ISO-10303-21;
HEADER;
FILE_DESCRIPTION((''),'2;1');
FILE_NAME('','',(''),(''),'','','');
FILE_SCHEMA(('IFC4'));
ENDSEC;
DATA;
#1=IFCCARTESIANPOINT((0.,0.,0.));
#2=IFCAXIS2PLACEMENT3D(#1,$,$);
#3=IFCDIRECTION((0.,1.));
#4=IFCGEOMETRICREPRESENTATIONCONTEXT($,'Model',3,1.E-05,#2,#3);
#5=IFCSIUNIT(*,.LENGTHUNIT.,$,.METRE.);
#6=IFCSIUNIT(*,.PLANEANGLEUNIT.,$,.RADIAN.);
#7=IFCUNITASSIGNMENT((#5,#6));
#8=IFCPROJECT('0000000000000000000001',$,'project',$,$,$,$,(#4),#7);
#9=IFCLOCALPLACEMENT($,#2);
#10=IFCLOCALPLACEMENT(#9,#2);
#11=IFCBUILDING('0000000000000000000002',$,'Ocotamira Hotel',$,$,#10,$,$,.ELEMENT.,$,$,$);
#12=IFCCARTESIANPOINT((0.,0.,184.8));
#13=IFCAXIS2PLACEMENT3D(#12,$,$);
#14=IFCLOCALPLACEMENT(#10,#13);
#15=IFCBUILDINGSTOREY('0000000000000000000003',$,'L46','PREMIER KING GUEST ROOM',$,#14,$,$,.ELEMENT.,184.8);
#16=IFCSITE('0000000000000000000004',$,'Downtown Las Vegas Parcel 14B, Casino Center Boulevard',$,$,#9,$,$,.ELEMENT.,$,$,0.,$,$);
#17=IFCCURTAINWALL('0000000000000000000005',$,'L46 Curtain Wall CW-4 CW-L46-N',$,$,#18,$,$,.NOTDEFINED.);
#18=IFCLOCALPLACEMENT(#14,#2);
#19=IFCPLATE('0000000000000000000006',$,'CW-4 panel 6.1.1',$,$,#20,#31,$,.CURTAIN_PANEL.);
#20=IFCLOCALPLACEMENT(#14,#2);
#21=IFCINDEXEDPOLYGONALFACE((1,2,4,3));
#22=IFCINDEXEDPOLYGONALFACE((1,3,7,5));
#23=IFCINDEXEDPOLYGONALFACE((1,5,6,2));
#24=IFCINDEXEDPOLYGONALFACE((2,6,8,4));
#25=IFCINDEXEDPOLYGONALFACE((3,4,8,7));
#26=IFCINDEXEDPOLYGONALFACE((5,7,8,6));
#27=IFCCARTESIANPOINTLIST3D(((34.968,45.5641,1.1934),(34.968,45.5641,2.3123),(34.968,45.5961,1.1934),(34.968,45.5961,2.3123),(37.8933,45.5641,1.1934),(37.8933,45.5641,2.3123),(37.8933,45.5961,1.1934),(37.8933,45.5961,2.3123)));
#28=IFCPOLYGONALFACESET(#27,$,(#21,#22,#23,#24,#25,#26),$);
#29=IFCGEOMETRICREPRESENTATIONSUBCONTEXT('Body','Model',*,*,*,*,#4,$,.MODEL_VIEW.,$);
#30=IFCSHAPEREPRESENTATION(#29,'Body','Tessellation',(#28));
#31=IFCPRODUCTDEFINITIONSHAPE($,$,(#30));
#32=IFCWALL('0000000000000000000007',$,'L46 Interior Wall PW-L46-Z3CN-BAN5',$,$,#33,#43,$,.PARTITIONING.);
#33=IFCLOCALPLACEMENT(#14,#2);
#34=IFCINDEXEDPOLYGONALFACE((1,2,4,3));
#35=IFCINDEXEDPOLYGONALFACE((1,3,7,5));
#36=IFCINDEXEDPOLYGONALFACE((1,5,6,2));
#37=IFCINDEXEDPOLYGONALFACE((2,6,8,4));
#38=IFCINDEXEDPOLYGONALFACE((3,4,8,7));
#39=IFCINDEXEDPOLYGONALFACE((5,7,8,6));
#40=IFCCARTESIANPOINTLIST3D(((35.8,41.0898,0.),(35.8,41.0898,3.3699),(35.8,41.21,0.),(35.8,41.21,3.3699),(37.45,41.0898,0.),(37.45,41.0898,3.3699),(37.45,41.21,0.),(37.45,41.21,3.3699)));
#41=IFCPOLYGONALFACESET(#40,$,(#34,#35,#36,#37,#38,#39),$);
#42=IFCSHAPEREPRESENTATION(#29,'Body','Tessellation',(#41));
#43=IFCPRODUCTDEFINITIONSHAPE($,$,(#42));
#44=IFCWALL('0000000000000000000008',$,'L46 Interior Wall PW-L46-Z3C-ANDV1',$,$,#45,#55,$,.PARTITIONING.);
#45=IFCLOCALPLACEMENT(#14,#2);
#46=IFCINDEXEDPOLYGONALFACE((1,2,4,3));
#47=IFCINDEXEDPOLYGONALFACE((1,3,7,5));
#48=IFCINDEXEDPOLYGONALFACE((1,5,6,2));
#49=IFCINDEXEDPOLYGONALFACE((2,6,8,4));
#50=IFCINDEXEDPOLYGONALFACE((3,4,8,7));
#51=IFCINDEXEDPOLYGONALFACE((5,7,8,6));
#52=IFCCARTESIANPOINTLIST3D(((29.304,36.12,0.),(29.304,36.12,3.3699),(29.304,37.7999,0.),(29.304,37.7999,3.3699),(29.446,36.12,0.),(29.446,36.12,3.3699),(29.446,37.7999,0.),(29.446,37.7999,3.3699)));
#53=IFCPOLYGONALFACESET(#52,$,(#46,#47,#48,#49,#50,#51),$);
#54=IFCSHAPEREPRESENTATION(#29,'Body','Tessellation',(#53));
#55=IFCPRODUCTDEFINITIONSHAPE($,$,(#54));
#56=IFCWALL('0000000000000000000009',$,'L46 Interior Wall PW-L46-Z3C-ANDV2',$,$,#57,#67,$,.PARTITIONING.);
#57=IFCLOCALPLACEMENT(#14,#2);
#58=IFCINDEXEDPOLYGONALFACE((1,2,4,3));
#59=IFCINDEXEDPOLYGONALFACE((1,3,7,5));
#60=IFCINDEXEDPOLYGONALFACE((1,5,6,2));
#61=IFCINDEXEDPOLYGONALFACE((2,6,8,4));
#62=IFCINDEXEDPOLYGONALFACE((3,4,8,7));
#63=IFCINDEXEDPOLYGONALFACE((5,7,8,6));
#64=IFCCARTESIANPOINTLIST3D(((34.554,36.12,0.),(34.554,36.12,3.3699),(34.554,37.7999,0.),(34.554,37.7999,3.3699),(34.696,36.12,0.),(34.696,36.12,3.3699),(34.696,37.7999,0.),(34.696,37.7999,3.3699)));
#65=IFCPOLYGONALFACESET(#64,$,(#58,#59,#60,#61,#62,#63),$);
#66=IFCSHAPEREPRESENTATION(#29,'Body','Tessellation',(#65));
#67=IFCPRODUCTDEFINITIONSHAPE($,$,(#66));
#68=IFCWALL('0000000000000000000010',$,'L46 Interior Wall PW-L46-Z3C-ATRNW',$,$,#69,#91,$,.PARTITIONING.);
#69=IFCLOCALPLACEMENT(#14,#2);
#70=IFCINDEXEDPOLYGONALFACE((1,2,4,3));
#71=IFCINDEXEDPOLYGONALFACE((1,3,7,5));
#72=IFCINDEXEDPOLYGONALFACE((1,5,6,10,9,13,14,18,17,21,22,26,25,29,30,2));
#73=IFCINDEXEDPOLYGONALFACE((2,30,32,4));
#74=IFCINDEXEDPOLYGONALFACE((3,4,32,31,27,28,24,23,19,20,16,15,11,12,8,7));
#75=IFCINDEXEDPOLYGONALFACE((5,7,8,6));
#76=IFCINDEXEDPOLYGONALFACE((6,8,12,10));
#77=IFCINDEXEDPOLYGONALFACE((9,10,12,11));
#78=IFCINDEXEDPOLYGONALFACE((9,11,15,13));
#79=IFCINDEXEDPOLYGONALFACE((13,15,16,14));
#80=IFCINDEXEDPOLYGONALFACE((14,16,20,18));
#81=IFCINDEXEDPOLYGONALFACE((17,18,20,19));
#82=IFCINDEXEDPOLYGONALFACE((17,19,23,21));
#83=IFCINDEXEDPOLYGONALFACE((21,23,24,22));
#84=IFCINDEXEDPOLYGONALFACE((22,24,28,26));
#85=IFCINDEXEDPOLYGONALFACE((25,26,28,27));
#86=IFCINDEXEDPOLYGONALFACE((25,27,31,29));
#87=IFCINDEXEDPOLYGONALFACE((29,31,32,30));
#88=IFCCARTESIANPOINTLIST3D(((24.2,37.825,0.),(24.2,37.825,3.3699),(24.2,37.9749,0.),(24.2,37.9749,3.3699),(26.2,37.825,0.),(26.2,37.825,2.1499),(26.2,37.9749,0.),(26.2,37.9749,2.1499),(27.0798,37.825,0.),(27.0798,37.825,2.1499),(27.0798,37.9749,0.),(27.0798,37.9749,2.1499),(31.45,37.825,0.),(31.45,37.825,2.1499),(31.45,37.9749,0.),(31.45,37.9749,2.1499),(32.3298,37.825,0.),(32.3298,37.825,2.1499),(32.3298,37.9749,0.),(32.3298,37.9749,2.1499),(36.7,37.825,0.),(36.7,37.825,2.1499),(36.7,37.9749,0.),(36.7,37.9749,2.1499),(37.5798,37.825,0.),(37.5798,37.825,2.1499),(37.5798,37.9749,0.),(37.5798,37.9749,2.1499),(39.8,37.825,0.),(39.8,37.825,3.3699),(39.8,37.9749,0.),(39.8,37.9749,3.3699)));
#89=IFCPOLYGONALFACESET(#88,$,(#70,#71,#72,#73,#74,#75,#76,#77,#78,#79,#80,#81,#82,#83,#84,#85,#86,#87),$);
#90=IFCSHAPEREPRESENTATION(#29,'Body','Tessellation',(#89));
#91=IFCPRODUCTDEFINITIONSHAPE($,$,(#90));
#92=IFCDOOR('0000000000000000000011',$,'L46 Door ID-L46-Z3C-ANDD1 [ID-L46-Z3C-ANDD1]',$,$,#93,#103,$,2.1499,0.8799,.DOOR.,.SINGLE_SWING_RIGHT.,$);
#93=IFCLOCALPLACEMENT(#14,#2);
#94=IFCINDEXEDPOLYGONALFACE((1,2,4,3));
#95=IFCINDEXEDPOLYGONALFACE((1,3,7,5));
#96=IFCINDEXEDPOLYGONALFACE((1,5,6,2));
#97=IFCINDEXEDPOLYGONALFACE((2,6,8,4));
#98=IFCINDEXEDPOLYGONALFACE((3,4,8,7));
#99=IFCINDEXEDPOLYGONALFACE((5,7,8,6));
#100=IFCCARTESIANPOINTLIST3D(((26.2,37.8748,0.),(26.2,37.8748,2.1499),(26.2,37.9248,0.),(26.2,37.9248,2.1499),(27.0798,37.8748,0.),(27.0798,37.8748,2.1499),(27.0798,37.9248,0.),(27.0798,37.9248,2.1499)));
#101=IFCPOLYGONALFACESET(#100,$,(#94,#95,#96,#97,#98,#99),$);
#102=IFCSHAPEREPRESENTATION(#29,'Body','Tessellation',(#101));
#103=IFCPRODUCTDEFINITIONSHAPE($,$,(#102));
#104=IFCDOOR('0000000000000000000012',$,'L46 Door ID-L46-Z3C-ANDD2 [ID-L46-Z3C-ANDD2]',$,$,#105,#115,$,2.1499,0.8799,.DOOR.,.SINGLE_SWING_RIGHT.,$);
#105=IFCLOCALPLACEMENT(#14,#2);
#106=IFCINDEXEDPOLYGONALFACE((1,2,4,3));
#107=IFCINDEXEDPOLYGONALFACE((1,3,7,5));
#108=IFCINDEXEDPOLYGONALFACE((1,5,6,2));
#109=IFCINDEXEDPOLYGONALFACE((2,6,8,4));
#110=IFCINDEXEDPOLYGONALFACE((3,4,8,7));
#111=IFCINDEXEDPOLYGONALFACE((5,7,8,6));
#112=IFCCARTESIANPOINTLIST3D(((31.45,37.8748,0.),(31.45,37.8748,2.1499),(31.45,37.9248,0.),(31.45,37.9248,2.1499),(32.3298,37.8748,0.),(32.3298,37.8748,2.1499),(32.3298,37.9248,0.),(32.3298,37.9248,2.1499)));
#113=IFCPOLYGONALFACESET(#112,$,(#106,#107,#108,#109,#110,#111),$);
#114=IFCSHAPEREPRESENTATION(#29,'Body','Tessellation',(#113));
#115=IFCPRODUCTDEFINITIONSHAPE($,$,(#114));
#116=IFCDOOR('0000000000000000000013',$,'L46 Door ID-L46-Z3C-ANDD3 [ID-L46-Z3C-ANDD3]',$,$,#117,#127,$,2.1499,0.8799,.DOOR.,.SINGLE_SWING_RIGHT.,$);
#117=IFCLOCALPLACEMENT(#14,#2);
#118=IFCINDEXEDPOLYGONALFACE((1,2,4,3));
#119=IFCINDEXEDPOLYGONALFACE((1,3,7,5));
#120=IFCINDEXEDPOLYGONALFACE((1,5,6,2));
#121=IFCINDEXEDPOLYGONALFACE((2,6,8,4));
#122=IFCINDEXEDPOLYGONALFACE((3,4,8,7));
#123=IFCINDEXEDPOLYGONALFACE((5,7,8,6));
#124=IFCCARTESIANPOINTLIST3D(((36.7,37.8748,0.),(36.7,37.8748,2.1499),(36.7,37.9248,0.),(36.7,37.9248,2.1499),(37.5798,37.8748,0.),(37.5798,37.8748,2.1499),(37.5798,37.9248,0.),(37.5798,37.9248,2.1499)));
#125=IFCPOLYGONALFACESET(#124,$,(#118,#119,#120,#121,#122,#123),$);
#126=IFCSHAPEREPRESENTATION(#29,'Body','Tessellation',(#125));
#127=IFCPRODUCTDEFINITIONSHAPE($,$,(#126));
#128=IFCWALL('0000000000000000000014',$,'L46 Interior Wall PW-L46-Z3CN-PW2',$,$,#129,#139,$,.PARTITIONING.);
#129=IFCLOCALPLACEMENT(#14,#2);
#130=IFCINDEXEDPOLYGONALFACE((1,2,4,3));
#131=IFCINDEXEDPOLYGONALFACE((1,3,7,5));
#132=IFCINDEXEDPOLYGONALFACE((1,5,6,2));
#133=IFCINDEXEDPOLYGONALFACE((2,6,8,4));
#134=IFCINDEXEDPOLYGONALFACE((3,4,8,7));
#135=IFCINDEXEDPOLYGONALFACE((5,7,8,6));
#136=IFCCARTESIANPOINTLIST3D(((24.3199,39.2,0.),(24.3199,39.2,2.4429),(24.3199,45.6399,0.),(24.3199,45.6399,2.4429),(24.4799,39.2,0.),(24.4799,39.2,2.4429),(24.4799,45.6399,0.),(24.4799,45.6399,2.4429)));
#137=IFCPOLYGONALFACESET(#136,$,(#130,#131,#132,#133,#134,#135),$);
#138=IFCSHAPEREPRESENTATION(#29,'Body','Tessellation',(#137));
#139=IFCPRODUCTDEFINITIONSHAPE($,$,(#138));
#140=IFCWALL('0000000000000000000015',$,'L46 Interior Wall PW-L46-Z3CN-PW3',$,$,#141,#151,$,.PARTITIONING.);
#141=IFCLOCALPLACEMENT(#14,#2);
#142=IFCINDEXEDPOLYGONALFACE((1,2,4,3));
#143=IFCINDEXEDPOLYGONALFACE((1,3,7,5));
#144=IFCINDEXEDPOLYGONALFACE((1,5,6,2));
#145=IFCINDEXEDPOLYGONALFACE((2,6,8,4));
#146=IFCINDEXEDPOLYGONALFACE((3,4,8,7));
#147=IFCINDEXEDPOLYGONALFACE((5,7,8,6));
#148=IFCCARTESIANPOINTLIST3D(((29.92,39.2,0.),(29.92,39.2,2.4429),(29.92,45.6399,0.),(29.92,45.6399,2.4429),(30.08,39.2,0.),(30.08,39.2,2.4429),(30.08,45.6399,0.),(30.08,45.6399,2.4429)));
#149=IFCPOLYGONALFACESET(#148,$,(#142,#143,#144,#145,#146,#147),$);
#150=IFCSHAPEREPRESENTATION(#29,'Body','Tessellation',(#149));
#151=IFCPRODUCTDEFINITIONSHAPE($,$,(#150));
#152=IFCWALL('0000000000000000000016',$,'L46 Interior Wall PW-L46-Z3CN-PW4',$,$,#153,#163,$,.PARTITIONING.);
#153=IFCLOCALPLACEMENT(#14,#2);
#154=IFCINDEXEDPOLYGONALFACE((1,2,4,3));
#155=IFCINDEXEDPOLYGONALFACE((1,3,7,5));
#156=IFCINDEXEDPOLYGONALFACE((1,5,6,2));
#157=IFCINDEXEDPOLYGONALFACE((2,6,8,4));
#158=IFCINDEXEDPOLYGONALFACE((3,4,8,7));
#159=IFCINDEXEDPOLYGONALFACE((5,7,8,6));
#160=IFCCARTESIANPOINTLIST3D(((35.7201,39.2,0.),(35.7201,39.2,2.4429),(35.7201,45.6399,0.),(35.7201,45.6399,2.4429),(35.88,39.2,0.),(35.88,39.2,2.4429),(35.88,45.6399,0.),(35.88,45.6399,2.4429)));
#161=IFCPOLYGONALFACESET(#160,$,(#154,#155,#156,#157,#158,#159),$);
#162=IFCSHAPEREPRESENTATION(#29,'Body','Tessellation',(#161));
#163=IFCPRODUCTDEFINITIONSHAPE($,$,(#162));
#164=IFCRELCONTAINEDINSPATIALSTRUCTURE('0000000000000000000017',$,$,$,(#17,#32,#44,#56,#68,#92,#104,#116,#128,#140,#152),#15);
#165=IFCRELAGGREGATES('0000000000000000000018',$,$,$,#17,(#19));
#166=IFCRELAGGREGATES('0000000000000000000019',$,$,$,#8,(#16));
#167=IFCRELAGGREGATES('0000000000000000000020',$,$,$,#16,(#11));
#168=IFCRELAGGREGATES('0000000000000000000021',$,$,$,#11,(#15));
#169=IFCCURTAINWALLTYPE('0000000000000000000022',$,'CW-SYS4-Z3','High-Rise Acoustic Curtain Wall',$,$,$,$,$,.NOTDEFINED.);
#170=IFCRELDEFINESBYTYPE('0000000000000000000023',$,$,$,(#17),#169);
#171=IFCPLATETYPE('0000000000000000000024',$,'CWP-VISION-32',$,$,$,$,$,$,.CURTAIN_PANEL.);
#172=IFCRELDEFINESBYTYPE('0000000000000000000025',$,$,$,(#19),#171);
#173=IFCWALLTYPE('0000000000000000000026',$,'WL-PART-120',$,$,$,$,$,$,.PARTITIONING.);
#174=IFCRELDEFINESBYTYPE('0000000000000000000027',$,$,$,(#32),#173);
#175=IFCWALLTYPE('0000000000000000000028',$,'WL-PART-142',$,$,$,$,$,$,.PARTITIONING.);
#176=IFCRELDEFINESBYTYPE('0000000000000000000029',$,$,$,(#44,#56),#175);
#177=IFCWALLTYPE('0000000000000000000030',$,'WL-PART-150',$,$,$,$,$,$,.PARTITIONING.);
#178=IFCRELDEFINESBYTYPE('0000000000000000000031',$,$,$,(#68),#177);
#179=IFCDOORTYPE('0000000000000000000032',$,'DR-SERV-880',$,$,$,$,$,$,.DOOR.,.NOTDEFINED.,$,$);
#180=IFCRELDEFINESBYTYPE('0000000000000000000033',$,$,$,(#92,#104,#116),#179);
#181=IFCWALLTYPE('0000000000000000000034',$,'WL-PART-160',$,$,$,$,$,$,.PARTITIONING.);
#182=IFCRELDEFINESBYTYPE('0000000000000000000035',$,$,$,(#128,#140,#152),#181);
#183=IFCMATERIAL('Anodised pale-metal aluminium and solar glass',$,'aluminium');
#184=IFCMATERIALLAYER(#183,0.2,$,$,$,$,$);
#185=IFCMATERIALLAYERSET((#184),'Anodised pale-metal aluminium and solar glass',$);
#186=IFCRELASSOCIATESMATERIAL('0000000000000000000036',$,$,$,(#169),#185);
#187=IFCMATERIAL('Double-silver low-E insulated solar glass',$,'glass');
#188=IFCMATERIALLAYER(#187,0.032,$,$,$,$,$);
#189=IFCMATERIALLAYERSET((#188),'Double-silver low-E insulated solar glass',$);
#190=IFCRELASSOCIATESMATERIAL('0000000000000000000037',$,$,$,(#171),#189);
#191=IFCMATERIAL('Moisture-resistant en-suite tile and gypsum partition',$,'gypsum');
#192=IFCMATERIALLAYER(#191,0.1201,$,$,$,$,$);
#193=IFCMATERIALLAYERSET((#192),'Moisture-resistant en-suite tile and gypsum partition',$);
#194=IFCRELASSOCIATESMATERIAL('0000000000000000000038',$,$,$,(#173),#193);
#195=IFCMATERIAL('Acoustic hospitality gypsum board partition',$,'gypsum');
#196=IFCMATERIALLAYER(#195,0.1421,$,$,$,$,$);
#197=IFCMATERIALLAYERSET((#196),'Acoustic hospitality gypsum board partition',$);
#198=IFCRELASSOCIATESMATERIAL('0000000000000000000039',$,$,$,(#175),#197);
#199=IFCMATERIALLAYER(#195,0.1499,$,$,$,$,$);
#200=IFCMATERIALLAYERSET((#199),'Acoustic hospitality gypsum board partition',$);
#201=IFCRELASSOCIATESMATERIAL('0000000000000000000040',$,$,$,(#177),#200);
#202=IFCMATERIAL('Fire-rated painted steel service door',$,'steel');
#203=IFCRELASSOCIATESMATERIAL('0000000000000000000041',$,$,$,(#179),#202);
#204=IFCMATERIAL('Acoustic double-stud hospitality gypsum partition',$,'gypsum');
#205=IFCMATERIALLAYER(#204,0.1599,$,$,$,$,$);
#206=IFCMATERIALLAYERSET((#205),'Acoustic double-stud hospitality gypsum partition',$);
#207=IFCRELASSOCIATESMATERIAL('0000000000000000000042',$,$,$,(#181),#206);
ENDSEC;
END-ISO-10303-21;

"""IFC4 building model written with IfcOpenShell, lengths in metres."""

from ifc_helpers import new_model, si_unit, direction, frame, frame_2d, origin, origin_2d, place, context, subcontext, project, spatial, rectangle, extrude, source, transform, mapped, material, layer, layer_set, type_object, element, fill, aggregate, save


model = new_model("IFC4")

# Units and contexts
model_context = context("Model", 3, precision=1e-05, world=origin(), true_north=direction((0.0, 1.0)))
body_context = subcontext(model_context, "Body", "Model", "MODEL_VIEW")
ifc_project = project(units=[si_unit("LENGTHUNIT", "METRE"), si_unit("PLANEANGLEUNIT", "RADIAN")], contexts=[model_context])

# Site, building, storey
site_placement = place(None, origin())
site = spatial("IfcSite", under=ifc_project, at=site_placement, Name="Downtown Las Vegas Parcel 14B, Casino Center Boulevard", CompositionType="ELEMENT", RefElevation=0.0)
building_placement = place(site_placement, origin())
building = spatial("IfcBuilding", under=site, at=building_placement, Name="Ocotamira Hotel", CompositionType="ELEMENT")
storey_placement = place(building_placement, frame((0.0, 0.0, 184.8)))
storey = spatial("IfcBuildingStorey", under=building, at=storey_placement, Name="L46", Description="PREMIER KING GUEST ROOM", CompositionType="ELEMENT", Elevation=184.8)

# Curtain wall
ifc_material_1 = material(Name="Anodised pale-metal aluminium and solar glass", Category="aluminium")
ifc_layer_1 = layer(ifc_material_1, 0.2)
ifc_layer_set_1 = layer_set([ifc_layer_1], Name="Anodised pale-metal aluminium and solar glass")
curtain_wall_type = type_object("IfcCurtainWallType", Name="CW-SYS4-Z3", Description="High-Rise Acoustic Curtain Wall", PredefinedType="NOTDEFINED", material=ifc_layer_set_1)
curtain_wall_placement = place(storey_placement, origin())
curtain_wall = element("IfcCurtainWall", 1, at=curtain_wall_placement, inside=storey, type_object=curtain_wall_type, Name="L46 Curtain Wall CW-4 CW-L46-N", PredefinedType="NOTDEFINED")

# Plate
ifc_material_2 = material(Name="Double-silver low-E insulated solar glass", Category="glass")
ifc_layer_2 = layer(ifc_material_2, 0.032)
ifc_layer_set_2 = layer_set([ifc_layer_2], Name="Double-silver low-E insulated solar glass")
plate_type_1 = type_object("IfcPlateType", Name="CWP-VISION-32", PredefinedType="CURTAIN_PANEL", material=ifc_layer_set_2)
shared_shape_1 = source(origin(), body_context, "Body", "SweptSolid", [
    extrude(rectangle(XDim=2.9253, YDim=0.032, at=origin_2d()), origin(), (0.0, 0.0, 1.0), 1.1189),
])
plate_1_placement = place(storey_placement, frame((36.4307, 45.5801, 1.1934), z_axis=(0.0, 0.0, 1.0), x_axis=(1.0, 0.0, 0.0)))
plate_1 = element("IfcPlate", 2, at=plate_1_placement, type_object=plate_type_1, Name="CW-4 panel 6.1.1", PredefinedType="CURTAIN_PANEL", context=body_context, shape_type="MappedRepresentation", body=[
    mapped(shared_shape_1, transform((0.0, 0.0, 0.0), scale=1.0)),
])
aggregate(curtain_wall, [plate_1])

# Walls
ifc_material_3 = material(Name="Moisture-resistant en-suite tile and gypsum partition", Category="gypsum")
ifc_layer_3 = layer(ifc_material_3, 0.1201)
ifc_layer_set_3 = layer_set([ifc_layer_3], Name="Moisture-resistant en-suite tile and gypsum partition")
wall_type_1 = type_object("IfcWallType", Name="WL-PART-120", PredefinedType="PARTITIONING", material=ifc_layer_set_3)
wall_1_placement = place(storey_placement, frame((35.8, 41.1499, 0.0), z_axis=(0.0, 0.0, 1.0), x_axis=(1.0, 0.0, 0.0)))
element("IfcWall", 3, at=wall_1_placement, inside=storey, type_object=wall_type_1, Name="L46 Interior Wall PW-L46-Z3CN-BAN5", PredefinedType="PARTITIONING", context=body_context, shape_type="SweptSolid", body=[
    extrude(rectangle(XDim=1.6499, YDim=0.1201, at=frame_2d((0.825, 0.0))), origin(), (0.0, 0.0, 1.0), 3.3699),
])
ifc_material_4 = material(Name="Acoustic hospitality gypsum board partition", Category="gypsum")
ifc_layer_4 = layer(ifc_material_4, 0.1421)
ifc_layer_set_4 = layer_set([ifc_layer_4], Name="Acoustic hospitality gypsum board partition")
wall_type_2 = type_object("IfcWallType", Name="WL-PART-142", PredefinedType="PARTITIONING", material=ifc_layer_set_4)
for number, where, z_axis, x_axis, name in (
    (4, (29.375, 36.1201, 0.0), (0.0, 0.0, 1.0), (0.0, 1.0, 0.0), "L46 Interior Wall PW-L46-Z3C-ANDV1"),
    (5, (34.625, 36.1201, 0.0), (0.0, 0.0, 1.0), (0.0, 1.0, 0.0), "L46 Interior Wall PW-L46-Z3C-ANDV2"),
):
    element("IfcWall", number, at=place(storey_placement, frame(where, z_axis=z_axis, x_axis=x_axis)), inside=storey, type_object=wall_type_2, Name=name, PredefinedType="PARTITIONING", context=body_context, shape_type="SweptSolid", body=[
        extrude(rectangle(XDim=1.6799, YDim=0.1421, at=frame_2d((0.8398, 0.0))), origin(), (0.0, 0.0, 1.0), 3.3699),
    ])

# Wall, openings, doors
ifc_layer_5 = layer(ifc_material_4, 0.1499)
ifc_layer_set_5 = layer_set([ifc_layer_5], Name="Acoustic hospitality gypsum board partition")
wall_type_3 = type_object("IfcWallType", Name="WL-PART-150", PredefinedType="PARTITIONING", material=ifc_layer_set_5)
wall_2_placement = place(storey_placement, frame((24.2, 37.8999, 0.0), z_axis=(0.0, 0.0, 1.0), x_axis=(1.0, 0.0, 0.0)))
wall_2 = element("IfcWall", 6, at=wall_2_placement, inside=storey, type_object=wall_type_3, Name="L46 Interior Wall PW-L46-Z3C-ATRNW", PredefinedType="PARTITIONING", context=body_context, shape_type="SweptSolid", body=[
    extrude(rectangle(XDim=15.6001, YDim=0.1499, at=frame_2d((7.8, 0.0))), origin(), (0.0, 0.0, 1.0), 3.3699),
])
opening_1_placement = place(wall_2_placement, frame((2.0, 0.0, 0.0)))
opening_1 = element("IfcOpeningElement", 7, at=opening_1_placement, cuts=wall_2, PredefinedType="OPENING", context=body_context, shape_type="SweptSolid", body=[
    extrude(rectangle(XDim=0.8799, YDim=2.1499, at=frame_2d((0.4399, 1.075))), frame((0.0, 0.085, 0.0), z_axis=(0.0, -1.0, 0.0), x_axis=(1.0, 0.0, 0.0)), (0.0, 0.0, 1.0), 0.1699),
])
opening_2_placement = place(wall_2_placement, frame((7.25, 0.0, 0.0)))
opening_2 = element("IfcOpeningElement", 8, at=opening_2_placement, cuts=wall_2, PredefinedType="OPENING", context=body_context, shape_type="SweptSolid", body=[
    extrude(rectangle(XDim=0.8799, YDim=2.1499, at=frame_2d((0.4399, 1.075))), frame((0.0, 0.085, 0.0), z_axis=(0.0, -1.0, 0.0), x_axis=(1.0, 0.0, 0.0)), (0.0, 0.0, 1.0), 0.1699),
])
opening_3_placement = place(wall_2_placement, frame((12.5, 0.0, 0.0)))
opening_3 = element("IfcOpeningElement", 9, at=opening_3_placement, cuts=wall_2, PredefinedType="OPENING", context=body_context, shape_type="SweptSolid", body=[
    extrude(rectangle(XDim=0.8799, YDim=2.1499, at=frame_2d((0.4399, 1.075))), frame((0.0, 0.085, 0.0), z_axis=(0.0, -1.0, 0.0), x_axis=(1.0, 0.0, 0.0)), (0.0, 0.0, 1.0), 0.1699),
])
ifc_material_5 = material(Name="Fire-rated painted steel service door", Category="steel")
door_type = type_object("IfcDoorType", Name="DR-SERV-880", OperationType="NOTDEFINED", PredefinedType="DOOR", material=ifc_material_5)
shared_shape_2 = source(origin(), body_context, "Body", "SweptSolid", [
    extrude(rectangle(XDim=0.8799, YDim=2.1499, at=frame_2d((0.4399, 1.075))), frame((0.0, 0.0249, 0.0), z_axis=(0.0, -1.0, 0.0), x_axis=(1.0, 0.0, 0.0)), (0.0, 0.0, 1.0), 0.05),
])
door_1_placement = place(opening_1_placement, origin())
door_1 = element("IfcDoor", 10, at=door_1_placement, inside=storey, type_object=door_type, Name="L46 Door ID-L46-Z3C-ANDD1 [ID-L46-Z3C-ANDD1]", OperationType="SINGLE_SWING_RIGHT", OverallHeight=2.1499, OverallWidth=0.8799, PredefinedType="DOOR", context=body_context, shape_type="MappedRepresentation", body=[
    mapped(shared_shape_2, transform((0.0, 0.0, 0.0), scale=1.0)),
])
fill(opening_1, door_1)
door_2_placement = place(opening_2_placement, origin())
door_2 = element("IfcDoor", 11, at=door_2_placement, inside=storey, type_object=door_type, Name="L46 Door ID-L46-Z3C-ANDD2 [ID-L46-Z3C-ANDD2]", OperationType="SINGLE_SWING_RIGHT", OverallHeight=2.1499, OverallWidth=0.8799, PredefinedType="DOOR", context=body_context, shape_type="MappedRepresentation", body=[
    mapped(shared_shape_2, transform((0.0, 0.0, 0.0), scale=1.0)),
])
fill(opening_2, door_2)
door_3_placement = place(opening_3_placement, origin())
door_3 = element("IfcDoor", 12, at=door_3_placement, inside=storey, type_object=door_type, Name="L46 Door ID-L46-Z3C-ANDD3 [ID-L46-Z3C-ANDD3]", OperationType="SINGLE_SWING_RIGHT", OverallHeight=2.1499, OverallWidth=0.8799, PredefinedType="DOOR", context=body_context, shape_type="MappedRepresentation", body=[
    mapped(shared_shape_2, transform((0.0, 0.0, 0.0), scale=1.0)),
])
fill(opening_3, door_3)

# Walls
ifc_material_6 = material(Name="Acoustic double-stud hospitality gypsum partition", Category="gypsum")
ifc_layer_6 = layer(ifc_material_6, 0.1599)
ifc_layer_set_6 = layer_set([ifc_layer_6], Name="Acoustic double-stud hospitality gypsum partition")
wall_type_4 = type_object("IfcWallType", Name="WL-PART-160", PredefinedType="PARTITIONING", material=ifc_layer_set_6)
for number, where, z_axis, x_axis, name in (
    (13, (24.3999, 39.2, 0.0), (0.0, 0.0, 1.0), (0.0, 1.0, 0.0), "L46 Interior Wall PW-L46-Z3CN-PW2"),
    (14, (30.0, 39.2, 0.0), (0.0, 0.0, 1.0), (0.0, 1.0, 0.0), "L46 Interior Wall PW-L46-Z3CN-PW3"),
    (15, (35.8, 39.2, 0.0), (0.0, 0.0, 1.0), (0.0, 1.0, 0.0), "L46 Interior Wall PW-L46-Z3CN-PW4"),
):
    element("IfcWall", number, at=place(storey_placement, frame(where, z_axis=z_axis, x_axis=x_axis)), inside=storey, type_object=wall_type_4, Name=name, PredefinedType="PARTITIONING", context=body_context, shape_type="SweptSolid", body=[
        extrude(rectangle(XDim=6.4399, YDim=0.1599, at=frame_2d((3.22, 0.0))), origin(), (0.0, 0.0, 1.0), 2.4429),
    ])

save(model, "model.ifc")
